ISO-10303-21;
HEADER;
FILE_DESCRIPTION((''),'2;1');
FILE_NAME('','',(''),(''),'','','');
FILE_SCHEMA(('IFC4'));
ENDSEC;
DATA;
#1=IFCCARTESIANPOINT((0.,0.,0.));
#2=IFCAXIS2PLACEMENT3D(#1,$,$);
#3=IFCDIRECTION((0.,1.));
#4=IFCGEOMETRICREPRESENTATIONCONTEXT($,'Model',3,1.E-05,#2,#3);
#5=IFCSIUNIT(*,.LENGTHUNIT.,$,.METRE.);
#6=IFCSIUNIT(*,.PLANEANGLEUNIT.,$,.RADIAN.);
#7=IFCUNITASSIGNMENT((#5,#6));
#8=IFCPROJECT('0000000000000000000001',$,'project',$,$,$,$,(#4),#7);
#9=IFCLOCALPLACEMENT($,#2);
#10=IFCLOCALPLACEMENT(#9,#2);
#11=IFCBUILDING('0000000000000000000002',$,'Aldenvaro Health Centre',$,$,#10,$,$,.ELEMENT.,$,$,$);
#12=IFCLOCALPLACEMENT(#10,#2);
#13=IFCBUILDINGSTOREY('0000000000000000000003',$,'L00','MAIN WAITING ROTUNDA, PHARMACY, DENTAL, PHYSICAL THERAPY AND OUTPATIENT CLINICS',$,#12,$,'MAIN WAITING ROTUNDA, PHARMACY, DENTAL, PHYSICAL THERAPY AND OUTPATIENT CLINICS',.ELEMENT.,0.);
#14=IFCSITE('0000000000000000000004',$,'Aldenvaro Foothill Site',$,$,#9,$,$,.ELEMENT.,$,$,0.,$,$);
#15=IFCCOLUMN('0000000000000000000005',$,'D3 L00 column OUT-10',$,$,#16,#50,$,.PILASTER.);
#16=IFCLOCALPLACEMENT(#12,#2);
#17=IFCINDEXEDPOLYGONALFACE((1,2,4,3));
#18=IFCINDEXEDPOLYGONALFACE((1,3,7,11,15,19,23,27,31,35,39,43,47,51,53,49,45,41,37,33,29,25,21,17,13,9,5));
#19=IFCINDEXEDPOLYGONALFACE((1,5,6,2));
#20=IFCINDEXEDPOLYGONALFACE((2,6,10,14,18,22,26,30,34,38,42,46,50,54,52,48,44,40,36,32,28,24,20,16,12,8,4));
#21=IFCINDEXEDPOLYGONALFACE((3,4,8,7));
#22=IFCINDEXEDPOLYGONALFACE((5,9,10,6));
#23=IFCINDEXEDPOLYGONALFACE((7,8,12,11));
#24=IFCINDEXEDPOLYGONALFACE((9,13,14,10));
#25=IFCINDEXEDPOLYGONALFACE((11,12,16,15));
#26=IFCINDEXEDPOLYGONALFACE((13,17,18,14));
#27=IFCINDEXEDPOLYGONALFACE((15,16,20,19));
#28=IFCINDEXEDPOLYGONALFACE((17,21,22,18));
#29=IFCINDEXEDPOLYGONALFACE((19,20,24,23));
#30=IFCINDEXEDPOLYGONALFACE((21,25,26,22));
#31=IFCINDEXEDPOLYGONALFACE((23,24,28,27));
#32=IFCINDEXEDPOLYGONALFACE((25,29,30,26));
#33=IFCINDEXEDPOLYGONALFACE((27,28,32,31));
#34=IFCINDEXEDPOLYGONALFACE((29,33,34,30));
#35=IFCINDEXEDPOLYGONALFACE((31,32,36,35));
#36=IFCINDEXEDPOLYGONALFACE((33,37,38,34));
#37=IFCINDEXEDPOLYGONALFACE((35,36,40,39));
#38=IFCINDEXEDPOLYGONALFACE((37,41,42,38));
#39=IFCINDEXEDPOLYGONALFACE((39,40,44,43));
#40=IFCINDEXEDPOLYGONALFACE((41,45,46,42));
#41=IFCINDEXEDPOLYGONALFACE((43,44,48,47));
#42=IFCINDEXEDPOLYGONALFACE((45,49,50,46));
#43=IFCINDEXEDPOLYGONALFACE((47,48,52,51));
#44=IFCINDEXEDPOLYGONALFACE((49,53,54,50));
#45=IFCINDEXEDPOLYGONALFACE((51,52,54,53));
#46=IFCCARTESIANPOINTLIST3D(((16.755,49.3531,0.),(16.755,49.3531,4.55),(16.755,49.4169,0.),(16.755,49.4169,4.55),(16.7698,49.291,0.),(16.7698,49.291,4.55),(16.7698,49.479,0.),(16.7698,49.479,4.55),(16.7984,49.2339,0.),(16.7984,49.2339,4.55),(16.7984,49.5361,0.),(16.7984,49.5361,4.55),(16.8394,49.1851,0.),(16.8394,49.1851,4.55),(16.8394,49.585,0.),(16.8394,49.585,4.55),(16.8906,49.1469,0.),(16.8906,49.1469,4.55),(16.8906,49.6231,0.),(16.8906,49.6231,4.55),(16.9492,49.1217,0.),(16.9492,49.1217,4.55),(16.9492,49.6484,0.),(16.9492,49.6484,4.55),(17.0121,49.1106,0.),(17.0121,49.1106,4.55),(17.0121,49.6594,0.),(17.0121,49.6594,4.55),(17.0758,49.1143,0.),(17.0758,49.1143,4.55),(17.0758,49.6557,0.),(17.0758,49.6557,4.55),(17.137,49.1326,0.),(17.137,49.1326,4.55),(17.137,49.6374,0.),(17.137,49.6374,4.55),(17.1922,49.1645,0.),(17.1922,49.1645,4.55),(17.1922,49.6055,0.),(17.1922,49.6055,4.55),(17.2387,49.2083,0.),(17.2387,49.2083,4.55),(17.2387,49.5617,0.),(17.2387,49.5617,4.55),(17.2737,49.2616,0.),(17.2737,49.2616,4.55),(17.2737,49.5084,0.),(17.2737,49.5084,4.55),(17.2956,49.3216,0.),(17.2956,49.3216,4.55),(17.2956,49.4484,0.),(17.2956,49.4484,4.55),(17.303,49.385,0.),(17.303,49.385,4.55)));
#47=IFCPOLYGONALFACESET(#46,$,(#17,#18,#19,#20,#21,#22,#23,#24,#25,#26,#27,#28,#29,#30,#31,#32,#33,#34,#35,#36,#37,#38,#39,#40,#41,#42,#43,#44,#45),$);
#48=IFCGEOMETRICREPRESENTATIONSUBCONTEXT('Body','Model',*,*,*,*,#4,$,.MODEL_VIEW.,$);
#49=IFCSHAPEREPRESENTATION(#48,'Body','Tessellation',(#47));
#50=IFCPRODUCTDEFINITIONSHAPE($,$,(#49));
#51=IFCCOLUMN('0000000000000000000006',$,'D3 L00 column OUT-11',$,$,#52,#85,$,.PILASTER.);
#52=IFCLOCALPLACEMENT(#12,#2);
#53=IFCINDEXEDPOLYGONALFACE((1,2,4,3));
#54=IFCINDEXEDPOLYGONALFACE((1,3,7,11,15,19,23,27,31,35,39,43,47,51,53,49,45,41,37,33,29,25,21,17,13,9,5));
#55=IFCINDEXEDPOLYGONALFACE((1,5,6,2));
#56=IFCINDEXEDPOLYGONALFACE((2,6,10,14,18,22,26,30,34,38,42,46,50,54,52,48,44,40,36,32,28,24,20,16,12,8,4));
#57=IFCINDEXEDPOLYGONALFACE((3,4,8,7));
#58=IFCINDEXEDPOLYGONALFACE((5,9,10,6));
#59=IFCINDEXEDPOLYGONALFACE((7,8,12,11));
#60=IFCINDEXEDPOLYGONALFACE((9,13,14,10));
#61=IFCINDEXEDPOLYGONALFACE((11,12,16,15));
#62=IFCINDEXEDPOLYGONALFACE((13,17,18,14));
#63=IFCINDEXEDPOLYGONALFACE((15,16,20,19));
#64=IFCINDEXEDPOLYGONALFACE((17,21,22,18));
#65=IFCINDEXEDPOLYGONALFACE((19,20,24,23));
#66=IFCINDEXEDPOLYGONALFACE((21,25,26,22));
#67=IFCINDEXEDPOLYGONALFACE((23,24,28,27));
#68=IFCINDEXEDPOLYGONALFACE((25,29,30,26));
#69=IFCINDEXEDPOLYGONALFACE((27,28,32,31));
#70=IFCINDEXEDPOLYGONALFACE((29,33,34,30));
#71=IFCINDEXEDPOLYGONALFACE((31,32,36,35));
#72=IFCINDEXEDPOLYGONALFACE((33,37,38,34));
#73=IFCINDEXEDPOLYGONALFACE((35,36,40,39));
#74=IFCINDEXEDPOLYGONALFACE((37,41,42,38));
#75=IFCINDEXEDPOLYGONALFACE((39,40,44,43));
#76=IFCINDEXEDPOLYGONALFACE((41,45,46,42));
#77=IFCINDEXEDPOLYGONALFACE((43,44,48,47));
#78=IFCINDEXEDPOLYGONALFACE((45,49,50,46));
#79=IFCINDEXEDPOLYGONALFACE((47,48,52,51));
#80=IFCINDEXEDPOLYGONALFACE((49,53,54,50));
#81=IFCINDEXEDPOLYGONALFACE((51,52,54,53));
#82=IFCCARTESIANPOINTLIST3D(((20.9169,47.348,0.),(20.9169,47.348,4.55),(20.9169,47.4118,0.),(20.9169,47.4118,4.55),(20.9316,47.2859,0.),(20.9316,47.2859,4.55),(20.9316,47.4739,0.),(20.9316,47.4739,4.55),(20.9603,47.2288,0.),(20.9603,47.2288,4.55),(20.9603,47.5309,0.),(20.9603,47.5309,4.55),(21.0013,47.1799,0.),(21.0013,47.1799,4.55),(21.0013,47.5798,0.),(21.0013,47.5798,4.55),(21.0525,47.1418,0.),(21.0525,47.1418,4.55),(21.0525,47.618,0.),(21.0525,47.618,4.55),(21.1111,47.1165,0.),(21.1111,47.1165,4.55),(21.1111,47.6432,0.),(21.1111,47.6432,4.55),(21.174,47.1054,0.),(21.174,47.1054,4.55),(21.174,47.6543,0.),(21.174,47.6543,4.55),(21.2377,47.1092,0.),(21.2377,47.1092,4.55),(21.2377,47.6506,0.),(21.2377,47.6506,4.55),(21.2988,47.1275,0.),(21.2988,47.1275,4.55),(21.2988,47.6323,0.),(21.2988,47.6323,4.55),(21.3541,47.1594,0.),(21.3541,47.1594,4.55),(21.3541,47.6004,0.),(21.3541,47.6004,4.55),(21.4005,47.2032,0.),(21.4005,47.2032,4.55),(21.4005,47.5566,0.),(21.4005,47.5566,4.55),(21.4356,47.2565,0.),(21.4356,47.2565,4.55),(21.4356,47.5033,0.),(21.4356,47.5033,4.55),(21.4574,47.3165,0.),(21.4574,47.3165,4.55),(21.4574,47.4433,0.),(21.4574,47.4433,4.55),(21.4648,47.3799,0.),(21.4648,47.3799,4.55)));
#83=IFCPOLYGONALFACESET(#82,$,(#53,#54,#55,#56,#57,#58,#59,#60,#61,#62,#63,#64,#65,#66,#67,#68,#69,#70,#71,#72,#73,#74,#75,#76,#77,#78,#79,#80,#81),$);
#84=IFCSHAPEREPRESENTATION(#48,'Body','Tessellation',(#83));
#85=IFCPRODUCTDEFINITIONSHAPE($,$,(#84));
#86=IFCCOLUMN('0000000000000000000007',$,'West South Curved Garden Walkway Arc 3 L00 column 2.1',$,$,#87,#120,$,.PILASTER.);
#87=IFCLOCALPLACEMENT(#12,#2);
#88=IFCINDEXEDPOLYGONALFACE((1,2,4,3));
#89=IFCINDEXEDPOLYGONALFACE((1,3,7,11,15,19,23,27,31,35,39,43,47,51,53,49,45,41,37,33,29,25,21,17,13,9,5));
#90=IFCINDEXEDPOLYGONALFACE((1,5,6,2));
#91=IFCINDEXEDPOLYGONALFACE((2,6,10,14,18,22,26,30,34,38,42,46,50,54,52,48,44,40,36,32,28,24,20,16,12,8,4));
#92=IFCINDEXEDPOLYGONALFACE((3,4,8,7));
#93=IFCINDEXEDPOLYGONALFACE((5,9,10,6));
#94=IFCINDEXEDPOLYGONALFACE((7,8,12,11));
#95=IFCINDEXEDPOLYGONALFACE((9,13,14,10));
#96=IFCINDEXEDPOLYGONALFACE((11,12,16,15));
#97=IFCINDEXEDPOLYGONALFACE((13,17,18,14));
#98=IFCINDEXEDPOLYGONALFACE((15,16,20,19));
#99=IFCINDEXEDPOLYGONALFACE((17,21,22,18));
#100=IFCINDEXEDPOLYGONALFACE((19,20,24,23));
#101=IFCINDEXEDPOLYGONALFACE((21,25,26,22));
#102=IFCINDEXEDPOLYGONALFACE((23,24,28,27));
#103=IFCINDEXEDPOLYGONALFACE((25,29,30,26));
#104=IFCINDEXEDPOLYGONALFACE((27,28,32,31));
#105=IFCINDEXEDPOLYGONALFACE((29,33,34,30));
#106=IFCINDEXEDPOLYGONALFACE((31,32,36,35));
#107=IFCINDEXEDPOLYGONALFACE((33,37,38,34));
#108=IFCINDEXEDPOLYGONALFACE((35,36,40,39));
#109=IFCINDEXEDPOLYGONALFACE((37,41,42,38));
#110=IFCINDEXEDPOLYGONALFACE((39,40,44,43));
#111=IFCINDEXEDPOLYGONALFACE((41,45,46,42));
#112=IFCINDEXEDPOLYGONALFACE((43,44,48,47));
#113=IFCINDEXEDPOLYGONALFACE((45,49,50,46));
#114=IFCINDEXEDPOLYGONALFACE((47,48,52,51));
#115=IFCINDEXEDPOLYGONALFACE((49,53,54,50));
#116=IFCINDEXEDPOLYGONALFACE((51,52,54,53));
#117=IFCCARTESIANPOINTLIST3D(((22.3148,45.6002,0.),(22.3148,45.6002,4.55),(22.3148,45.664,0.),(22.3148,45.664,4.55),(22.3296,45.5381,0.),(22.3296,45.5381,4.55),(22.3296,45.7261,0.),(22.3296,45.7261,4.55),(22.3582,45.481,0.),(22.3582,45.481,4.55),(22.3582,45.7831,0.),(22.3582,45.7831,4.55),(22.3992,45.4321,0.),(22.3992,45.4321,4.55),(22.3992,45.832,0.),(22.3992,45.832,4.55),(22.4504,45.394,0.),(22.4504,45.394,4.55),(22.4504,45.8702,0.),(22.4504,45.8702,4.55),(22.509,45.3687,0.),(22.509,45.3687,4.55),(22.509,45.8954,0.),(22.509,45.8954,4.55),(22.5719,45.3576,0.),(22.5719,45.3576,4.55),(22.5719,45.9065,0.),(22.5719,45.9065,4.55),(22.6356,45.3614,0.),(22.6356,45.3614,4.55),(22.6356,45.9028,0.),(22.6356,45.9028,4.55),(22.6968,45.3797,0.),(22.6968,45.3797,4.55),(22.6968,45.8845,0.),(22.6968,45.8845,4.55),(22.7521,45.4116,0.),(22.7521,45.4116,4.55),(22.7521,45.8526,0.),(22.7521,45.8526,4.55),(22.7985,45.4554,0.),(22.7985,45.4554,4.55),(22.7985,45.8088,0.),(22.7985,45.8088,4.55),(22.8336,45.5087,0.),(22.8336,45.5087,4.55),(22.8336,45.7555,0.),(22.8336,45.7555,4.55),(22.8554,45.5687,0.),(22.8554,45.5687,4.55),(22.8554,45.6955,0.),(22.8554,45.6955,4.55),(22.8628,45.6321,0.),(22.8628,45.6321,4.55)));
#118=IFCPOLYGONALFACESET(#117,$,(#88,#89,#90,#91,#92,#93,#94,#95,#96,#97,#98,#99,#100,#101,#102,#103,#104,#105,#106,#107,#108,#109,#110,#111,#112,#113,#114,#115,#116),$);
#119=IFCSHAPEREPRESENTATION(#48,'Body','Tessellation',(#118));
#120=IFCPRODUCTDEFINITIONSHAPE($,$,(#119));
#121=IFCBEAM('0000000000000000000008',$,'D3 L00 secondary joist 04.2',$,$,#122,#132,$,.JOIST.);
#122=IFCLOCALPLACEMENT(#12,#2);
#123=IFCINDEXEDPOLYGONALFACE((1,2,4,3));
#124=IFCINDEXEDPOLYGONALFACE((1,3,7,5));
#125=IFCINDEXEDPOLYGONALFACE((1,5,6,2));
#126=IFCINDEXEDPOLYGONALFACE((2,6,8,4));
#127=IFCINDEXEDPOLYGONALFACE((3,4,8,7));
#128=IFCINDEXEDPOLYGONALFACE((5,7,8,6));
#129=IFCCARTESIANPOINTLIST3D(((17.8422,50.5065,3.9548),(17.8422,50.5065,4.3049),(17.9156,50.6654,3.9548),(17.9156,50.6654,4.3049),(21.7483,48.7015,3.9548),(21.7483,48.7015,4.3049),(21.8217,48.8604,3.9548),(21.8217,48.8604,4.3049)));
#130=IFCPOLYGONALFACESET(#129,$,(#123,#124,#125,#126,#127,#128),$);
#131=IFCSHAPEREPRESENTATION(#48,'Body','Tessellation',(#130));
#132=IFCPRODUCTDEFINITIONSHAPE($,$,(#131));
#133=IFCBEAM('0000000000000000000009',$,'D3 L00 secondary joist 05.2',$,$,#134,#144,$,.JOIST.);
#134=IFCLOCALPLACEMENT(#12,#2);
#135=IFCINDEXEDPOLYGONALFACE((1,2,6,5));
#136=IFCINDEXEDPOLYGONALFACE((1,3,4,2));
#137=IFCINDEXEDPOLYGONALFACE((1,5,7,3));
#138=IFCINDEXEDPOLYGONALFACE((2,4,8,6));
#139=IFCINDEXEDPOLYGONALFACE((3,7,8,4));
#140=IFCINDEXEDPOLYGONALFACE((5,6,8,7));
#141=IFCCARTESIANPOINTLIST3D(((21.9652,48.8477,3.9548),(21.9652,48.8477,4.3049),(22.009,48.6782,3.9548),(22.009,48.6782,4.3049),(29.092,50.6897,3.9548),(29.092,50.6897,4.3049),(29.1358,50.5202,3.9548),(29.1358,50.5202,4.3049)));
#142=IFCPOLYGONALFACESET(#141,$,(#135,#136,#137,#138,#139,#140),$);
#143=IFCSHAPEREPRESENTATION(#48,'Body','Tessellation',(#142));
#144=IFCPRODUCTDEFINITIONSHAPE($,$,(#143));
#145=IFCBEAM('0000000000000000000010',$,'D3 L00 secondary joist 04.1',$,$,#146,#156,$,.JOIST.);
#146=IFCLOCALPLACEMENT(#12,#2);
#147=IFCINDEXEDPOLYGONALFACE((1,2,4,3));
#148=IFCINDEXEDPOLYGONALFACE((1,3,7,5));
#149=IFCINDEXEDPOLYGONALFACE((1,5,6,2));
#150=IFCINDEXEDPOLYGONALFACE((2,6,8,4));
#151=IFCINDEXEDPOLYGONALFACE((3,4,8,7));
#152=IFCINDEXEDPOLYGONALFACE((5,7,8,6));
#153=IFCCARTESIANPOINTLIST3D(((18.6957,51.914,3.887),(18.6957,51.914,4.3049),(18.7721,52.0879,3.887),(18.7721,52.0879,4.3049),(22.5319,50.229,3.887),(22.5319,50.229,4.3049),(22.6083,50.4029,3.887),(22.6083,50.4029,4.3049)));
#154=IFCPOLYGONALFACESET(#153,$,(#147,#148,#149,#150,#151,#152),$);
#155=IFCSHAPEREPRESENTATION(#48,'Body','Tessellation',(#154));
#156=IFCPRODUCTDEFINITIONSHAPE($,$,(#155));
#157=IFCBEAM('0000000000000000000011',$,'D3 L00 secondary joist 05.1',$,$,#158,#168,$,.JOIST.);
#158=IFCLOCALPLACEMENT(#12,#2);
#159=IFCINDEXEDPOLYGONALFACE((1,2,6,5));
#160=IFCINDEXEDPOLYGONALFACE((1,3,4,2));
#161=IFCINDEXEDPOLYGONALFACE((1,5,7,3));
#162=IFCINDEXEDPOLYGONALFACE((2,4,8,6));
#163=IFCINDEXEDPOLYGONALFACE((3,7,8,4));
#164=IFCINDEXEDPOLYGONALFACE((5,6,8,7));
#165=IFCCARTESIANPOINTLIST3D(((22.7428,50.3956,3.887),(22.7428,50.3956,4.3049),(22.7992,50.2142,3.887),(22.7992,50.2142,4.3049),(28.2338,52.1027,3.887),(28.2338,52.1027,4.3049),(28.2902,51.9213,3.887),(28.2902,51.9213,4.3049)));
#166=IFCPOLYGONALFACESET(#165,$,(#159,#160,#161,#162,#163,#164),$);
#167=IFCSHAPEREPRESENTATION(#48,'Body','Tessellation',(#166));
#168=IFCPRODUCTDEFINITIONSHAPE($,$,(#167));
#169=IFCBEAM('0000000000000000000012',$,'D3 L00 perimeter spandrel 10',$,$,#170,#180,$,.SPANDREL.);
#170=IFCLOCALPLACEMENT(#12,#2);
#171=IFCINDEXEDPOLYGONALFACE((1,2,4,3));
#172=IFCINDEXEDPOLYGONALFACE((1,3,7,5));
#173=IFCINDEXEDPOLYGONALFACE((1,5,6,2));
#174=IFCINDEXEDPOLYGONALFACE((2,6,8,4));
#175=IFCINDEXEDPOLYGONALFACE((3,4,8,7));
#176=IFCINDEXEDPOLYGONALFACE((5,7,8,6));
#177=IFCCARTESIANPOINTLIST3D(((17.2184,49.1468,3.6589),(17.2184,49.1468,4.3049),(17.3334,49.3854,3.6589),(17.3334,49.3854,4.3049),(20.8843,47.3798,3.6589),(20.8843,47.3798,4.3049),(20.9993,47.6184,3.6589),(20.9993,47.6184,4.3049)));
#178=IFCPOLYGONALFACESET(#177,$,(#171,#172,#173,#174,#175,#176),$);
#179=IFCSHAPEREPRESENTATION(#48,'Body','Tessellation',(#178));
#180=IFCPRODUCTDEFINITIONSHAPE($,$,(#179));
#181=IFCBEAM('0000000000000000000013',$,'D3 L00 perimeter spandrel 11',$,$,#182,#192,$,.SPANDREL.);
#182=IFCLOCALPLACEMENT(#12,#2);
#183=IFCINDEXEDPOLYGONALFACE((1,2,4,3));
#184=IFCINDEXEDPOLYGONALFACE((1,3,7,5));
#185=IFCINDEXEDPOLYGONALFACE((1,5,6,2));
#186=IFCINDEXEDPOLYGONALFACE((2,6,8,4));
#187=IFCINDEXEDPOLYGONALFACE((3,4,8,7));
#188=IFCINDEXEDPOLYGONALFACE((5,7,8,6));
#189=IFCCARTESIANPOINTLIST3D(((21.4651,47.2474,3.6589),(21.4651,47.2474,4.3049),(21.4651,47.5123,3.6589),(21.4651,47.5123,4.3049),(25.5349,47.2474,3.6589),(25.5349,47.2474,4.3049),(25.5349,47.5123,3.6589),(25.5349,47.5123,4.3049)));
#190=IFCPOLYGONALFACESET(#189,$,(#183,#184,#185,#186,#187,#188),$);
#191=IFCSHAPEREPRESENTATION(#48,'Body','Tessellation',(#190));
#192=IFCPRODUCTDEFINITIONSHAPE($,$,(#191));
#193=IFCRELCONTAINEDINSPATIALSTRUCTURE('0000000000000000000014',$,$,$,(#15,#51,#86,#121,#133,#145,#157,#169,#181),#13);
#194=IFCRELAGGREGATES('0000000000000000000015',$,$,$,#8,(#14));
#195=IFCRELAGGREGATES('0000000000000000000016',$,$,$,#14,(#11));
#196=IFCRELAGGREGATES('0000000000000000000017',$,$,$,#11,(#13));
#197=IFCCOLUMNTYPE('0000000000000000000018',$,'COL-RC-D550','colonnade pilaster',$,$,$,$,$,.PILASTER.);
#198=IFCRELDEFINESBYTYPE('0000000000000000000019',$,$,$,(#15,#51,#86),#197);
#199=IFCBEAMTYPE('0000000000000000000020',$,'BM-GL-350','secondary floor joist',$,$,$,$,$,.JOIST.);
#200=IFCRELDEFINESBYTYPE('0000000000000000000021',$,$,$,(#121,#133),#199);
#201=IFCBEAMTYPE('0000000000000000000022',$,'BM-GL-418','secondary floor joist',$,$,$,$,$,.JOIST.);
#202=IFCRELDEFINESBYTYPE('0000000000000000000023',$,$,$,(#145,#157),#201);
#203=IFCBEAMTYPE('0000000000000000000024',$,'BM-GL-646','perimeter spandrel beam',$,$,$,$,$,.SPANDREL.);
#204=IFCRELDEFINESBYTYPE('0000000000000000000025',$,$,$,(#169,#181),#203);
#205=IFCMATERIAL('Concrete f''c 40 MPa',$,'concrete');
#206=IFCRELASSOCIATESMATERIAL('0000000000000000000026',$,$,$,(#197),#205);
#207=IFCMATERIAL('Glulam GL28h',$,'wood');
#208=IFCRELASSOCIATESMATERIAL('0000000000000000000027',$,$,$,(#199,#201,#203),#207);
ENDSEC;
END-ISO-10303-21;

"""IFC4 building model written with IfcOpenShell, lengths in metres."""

from ifc_helpers import new_model, si_unit, direction, frame, origin, origin_2d, place, context, subcontext, project, spatial, rectangle, circle, extrude, material, material_profile, profile_set, type_object, element, save


model = new_model("IFC4")

# Units and contexts
model_context = context("Model", 3, precision=1e-05, world=origin(), true_north=direction((0.0, 1.0)))
body_context = subcontext(model_context, "Body", "Model", "MODEL_VIEW")
ifc_project = project(units=[si_unit("LENGTHUNIT", "METRE"), si_unit("PLANEANGLEUNIT", "RADIAN")], contexts=[model_context])

# Site, building, storey
site_placement = place(None, origin())
site = spatial("IfcSite", under=ifc_project, at=site_placement, Name="Aldenvaro Foothill Site", CompositionType="ELEMENT", RefElevation=0.0)
building_placement = place(site_placement, origin())
building = spatial("IfcBuilding", under=site, at=building_placement, Name="Aldenvaro Health Centre", CompositionType="ELEMENT")
storey_placement = place(building_placement, origin())
storey = spatial("IfcBuildingStorey", under=building, at=storey_placement, Name="L00", Description="MAIN WAITING ROTUNDA, PHARMACY, DENTAL, PHYSICAL THERAPY AND OUTPATIENT CLINICS", LongName="MAIN WAITING ROTUNDA, PHARMACY, DENTAL, PHYSICAL THERAPY AND OUTPATIENT CLINICS", CompositionType="ELEMENT", Elevation=0.0)

# Columns
ifc_material_1 = material(Name="Concrete f'c 40 MPa", Category="concrete")
ifc_material_profile_1 = material_profile(ifc_material_1, circle(Radius=0.2749, at=origin_2d()), Name="RC D550", Category="concrete")
ifc_profile_set_1 = profile_set([ifc_material_profile_1], Name="Concrete f'c 40 MPa")
column_type = type_object("IfcColumnType", Name="COL-RC-D550", Description="colonnade pilaster", PredefinedType="PILASTER", material=ifc_profile_set_1)
for number, where, z_axis, x_axis, name in (
    (1, (17.0281, 49.385, 0.0), (0.0, 0.0, 1.0), (1.0, 0.0, 0.0), "D3 L00 column OUT-10"),
    (2, (21.1899, 47.3799, 0.0), (0.0, 0.0, 1.0), (1.0, 0.0, 0.0), "D3 L00 column OUT-11"),
    (3, (22.5879, 45.6321, 0.0), (0.0, 0.0, 1.0), (1.0, 0.0, 0.0), "West South Curved Garden Walkway Arc 3 L00 column 2.1"),
):
    element("IfcColumn", number, at=place(storey_placement, frame(where, z_axis=z_axis, x_axis=x_axis)), inside=storey, type_object=column_type, Name=name, PredefinedType="PILASTER", context=body_context, shape_type="SweptSolid", body=[
        extrude(circle(Radius=0.2749, at=origin_2d()), origin(), (0.0, 0.0, 1.0), 4.55),
    ])

# Beams
ifc_material_2 = material(Name="Glulam GL28h", Category="wood")
ifc_material_profile_2 = material_profile(ifc_material_2, rectangle(XDim=0.175, YDim=0.3501, at=origin_2d()), Name="GL 175x350", Category="wood")
ifc_profile_set_2 = profile_set([ifc_material_profile_2], Name="Glulam GL28h")
beam_type_1 = type_object("IfcBeamType", Name="BM-GL-350", Description="secondary floor joist", PredefinedType="JOIST", material=ifc_profile_set_2)
beam_1_placement = place(storey_placement, frame((17.8789, 50.5859, 4.1299), z_axis=(0.907768, -0.419472, 0.0), x_axis=(0.419472, 0.907768, 0.0)))
element("IfcBeam", 4, at=beam_1_placement, inside=storey, type_object=beam_type_1, Name="D3 L00 secondary joist 04.2", PredefinedType="JOIST", context=body_context, shape_type="SweptSolid", body=[
    extrude(rectangle(XDim=0.175, YDim=0.3501, at=origin_2d()), origin(), (0.0, 0.0, 1.0), 4.303),
])
beam_2_placement = place(storey_placement, frame((21.9871, 48.7629, 4.1299), z_axis=(0.968184, 0.250238, 0.0), x_axis=(-0.250238, 0.968184, 0.0)))
element("IfcBeam", 5, at=beam_2_placement, inside=storey, type_object=beam_type_1, Name="D3 L00 secondary joist 05.2", PredefinedType="JOIST", context=body_context, shape_type="SweptSolid", body=[
    extrude(rectangle(XDim=0.175, YDim=0.3501, at=origin_2d()), origin(), (0.0, 0.0, 1.0), 7.3611),
])
ifc_material_profile_3 = material_profile(ifc_material_2, rectangle(XDim=0.1899, YDim=0.418, at=origin_2d()), Name="GL 190x418", Category="wood")
ifc_profile_set_3 = profile_set([ifc_material_profile_3], Name="Glulam GL28h")
beam_type_2 = type_object("IfcBeamType", Name="BM-GL-418", Description="secondary floor joist", PredefinedType="JOIST", material=ifc_profile_set_3)
beam_3_placement = place(storey_placement, frame((18.7339, 52.001, 4.0959), z_axis=(0.915567, -0.402166, 0.0), x_axis=(0.402166, 0.915567, 0.0)))
element("IfcBeam", 6, at=beam_3_placement, inside=storey, type_object=beam_type_2, Name="D3 L00 secondary joist 04.1", PredefinedType="JOIST", context=body_context, shape_type="SweptSolid", body=[
    extrude(rectangle(XDim=0.1899, YDim=0.418, at=origin_2d()), origin(), (0.0, 0.0, 1.0), 4.1899),
])
beam_4_placement = place(storey_placement, frame((22.771, 50.3049, 4.0959), z_axis=(0.954919, 0.296865, 0.0), x_axis=(-0.296865, 0.954919, 0.0)))
element("IfcBeam", 7, at=beam_4_placement, inside=storey, type_object=beam_type_2, Name="D3 L00 secondary joist 05.1", PredefinedType="JOIST", context=body_context, shape_type="SweptSolid", body=[
    extrude(rectangle(XDim=0.1899, YDim=0.418, at=origin_2d()), origin(), (0.0, 0.0, 1.0), 5.7502),
])
ifc_material_profile_4 = material_profile(ifc_material_2, rectangle(XDim=0.2649, YDim=0.646, at=origin_2d()), Name="GL 265x646", Category="wood")
ifc_profile_set_4 = profile_set([ifc_material_profile_4], Name="Glulam GL28h")
beam_type_3 = type_object("IfcBeamType", Name="BM-GL-646", Description="perimeter spandrel beam", PredefinedType="SPANDREL", material=ifc_profile_set_4)
beam_5_placement = place(storey_placement, frame((17.2759, 49.2661, 3.9819), z_axis=(0.900812, -0.434209, 0.0), x_axis=(0.434209, 0.900812, 0.0)))
element("IfcBeam", 8, at=beam_5_placement, inside=storey, type_object=beam_type_3, Name="D3 L00 perimeter spandrel 10", PredefinedType="SPANDREL", context=body_context, shape_type="SweptSolid", body=[
    extrude(rectangle(XDim=0.2649, YDim=0.646, at=origin_2d()), origin(), (0.0, 0.0, 1.0), 4.0696),
])
beam_6_placement = place(storey_placement, frame((21.4651, 47.3799, 3.9819), z_axis=(1.0, 0.0, 0.0), x_axis=(0.0, 1.0, 0.0)))
element("IfcBeam", 9, at=beam_6_placement, inside=storey, type_object=beam_type_3, Name="D3 L00 perimeter spandrel 11", PredefinedType="SPANDREL", context=body_context, shape_type="SweptSolid", body=[
    extrude(rectangle(XDim=0.2649, YDim=0.646, at=origin_2d()), origin(), (0.0, 0.0, 1.0), 4.0698),
])

save(model, "model.ifc")
